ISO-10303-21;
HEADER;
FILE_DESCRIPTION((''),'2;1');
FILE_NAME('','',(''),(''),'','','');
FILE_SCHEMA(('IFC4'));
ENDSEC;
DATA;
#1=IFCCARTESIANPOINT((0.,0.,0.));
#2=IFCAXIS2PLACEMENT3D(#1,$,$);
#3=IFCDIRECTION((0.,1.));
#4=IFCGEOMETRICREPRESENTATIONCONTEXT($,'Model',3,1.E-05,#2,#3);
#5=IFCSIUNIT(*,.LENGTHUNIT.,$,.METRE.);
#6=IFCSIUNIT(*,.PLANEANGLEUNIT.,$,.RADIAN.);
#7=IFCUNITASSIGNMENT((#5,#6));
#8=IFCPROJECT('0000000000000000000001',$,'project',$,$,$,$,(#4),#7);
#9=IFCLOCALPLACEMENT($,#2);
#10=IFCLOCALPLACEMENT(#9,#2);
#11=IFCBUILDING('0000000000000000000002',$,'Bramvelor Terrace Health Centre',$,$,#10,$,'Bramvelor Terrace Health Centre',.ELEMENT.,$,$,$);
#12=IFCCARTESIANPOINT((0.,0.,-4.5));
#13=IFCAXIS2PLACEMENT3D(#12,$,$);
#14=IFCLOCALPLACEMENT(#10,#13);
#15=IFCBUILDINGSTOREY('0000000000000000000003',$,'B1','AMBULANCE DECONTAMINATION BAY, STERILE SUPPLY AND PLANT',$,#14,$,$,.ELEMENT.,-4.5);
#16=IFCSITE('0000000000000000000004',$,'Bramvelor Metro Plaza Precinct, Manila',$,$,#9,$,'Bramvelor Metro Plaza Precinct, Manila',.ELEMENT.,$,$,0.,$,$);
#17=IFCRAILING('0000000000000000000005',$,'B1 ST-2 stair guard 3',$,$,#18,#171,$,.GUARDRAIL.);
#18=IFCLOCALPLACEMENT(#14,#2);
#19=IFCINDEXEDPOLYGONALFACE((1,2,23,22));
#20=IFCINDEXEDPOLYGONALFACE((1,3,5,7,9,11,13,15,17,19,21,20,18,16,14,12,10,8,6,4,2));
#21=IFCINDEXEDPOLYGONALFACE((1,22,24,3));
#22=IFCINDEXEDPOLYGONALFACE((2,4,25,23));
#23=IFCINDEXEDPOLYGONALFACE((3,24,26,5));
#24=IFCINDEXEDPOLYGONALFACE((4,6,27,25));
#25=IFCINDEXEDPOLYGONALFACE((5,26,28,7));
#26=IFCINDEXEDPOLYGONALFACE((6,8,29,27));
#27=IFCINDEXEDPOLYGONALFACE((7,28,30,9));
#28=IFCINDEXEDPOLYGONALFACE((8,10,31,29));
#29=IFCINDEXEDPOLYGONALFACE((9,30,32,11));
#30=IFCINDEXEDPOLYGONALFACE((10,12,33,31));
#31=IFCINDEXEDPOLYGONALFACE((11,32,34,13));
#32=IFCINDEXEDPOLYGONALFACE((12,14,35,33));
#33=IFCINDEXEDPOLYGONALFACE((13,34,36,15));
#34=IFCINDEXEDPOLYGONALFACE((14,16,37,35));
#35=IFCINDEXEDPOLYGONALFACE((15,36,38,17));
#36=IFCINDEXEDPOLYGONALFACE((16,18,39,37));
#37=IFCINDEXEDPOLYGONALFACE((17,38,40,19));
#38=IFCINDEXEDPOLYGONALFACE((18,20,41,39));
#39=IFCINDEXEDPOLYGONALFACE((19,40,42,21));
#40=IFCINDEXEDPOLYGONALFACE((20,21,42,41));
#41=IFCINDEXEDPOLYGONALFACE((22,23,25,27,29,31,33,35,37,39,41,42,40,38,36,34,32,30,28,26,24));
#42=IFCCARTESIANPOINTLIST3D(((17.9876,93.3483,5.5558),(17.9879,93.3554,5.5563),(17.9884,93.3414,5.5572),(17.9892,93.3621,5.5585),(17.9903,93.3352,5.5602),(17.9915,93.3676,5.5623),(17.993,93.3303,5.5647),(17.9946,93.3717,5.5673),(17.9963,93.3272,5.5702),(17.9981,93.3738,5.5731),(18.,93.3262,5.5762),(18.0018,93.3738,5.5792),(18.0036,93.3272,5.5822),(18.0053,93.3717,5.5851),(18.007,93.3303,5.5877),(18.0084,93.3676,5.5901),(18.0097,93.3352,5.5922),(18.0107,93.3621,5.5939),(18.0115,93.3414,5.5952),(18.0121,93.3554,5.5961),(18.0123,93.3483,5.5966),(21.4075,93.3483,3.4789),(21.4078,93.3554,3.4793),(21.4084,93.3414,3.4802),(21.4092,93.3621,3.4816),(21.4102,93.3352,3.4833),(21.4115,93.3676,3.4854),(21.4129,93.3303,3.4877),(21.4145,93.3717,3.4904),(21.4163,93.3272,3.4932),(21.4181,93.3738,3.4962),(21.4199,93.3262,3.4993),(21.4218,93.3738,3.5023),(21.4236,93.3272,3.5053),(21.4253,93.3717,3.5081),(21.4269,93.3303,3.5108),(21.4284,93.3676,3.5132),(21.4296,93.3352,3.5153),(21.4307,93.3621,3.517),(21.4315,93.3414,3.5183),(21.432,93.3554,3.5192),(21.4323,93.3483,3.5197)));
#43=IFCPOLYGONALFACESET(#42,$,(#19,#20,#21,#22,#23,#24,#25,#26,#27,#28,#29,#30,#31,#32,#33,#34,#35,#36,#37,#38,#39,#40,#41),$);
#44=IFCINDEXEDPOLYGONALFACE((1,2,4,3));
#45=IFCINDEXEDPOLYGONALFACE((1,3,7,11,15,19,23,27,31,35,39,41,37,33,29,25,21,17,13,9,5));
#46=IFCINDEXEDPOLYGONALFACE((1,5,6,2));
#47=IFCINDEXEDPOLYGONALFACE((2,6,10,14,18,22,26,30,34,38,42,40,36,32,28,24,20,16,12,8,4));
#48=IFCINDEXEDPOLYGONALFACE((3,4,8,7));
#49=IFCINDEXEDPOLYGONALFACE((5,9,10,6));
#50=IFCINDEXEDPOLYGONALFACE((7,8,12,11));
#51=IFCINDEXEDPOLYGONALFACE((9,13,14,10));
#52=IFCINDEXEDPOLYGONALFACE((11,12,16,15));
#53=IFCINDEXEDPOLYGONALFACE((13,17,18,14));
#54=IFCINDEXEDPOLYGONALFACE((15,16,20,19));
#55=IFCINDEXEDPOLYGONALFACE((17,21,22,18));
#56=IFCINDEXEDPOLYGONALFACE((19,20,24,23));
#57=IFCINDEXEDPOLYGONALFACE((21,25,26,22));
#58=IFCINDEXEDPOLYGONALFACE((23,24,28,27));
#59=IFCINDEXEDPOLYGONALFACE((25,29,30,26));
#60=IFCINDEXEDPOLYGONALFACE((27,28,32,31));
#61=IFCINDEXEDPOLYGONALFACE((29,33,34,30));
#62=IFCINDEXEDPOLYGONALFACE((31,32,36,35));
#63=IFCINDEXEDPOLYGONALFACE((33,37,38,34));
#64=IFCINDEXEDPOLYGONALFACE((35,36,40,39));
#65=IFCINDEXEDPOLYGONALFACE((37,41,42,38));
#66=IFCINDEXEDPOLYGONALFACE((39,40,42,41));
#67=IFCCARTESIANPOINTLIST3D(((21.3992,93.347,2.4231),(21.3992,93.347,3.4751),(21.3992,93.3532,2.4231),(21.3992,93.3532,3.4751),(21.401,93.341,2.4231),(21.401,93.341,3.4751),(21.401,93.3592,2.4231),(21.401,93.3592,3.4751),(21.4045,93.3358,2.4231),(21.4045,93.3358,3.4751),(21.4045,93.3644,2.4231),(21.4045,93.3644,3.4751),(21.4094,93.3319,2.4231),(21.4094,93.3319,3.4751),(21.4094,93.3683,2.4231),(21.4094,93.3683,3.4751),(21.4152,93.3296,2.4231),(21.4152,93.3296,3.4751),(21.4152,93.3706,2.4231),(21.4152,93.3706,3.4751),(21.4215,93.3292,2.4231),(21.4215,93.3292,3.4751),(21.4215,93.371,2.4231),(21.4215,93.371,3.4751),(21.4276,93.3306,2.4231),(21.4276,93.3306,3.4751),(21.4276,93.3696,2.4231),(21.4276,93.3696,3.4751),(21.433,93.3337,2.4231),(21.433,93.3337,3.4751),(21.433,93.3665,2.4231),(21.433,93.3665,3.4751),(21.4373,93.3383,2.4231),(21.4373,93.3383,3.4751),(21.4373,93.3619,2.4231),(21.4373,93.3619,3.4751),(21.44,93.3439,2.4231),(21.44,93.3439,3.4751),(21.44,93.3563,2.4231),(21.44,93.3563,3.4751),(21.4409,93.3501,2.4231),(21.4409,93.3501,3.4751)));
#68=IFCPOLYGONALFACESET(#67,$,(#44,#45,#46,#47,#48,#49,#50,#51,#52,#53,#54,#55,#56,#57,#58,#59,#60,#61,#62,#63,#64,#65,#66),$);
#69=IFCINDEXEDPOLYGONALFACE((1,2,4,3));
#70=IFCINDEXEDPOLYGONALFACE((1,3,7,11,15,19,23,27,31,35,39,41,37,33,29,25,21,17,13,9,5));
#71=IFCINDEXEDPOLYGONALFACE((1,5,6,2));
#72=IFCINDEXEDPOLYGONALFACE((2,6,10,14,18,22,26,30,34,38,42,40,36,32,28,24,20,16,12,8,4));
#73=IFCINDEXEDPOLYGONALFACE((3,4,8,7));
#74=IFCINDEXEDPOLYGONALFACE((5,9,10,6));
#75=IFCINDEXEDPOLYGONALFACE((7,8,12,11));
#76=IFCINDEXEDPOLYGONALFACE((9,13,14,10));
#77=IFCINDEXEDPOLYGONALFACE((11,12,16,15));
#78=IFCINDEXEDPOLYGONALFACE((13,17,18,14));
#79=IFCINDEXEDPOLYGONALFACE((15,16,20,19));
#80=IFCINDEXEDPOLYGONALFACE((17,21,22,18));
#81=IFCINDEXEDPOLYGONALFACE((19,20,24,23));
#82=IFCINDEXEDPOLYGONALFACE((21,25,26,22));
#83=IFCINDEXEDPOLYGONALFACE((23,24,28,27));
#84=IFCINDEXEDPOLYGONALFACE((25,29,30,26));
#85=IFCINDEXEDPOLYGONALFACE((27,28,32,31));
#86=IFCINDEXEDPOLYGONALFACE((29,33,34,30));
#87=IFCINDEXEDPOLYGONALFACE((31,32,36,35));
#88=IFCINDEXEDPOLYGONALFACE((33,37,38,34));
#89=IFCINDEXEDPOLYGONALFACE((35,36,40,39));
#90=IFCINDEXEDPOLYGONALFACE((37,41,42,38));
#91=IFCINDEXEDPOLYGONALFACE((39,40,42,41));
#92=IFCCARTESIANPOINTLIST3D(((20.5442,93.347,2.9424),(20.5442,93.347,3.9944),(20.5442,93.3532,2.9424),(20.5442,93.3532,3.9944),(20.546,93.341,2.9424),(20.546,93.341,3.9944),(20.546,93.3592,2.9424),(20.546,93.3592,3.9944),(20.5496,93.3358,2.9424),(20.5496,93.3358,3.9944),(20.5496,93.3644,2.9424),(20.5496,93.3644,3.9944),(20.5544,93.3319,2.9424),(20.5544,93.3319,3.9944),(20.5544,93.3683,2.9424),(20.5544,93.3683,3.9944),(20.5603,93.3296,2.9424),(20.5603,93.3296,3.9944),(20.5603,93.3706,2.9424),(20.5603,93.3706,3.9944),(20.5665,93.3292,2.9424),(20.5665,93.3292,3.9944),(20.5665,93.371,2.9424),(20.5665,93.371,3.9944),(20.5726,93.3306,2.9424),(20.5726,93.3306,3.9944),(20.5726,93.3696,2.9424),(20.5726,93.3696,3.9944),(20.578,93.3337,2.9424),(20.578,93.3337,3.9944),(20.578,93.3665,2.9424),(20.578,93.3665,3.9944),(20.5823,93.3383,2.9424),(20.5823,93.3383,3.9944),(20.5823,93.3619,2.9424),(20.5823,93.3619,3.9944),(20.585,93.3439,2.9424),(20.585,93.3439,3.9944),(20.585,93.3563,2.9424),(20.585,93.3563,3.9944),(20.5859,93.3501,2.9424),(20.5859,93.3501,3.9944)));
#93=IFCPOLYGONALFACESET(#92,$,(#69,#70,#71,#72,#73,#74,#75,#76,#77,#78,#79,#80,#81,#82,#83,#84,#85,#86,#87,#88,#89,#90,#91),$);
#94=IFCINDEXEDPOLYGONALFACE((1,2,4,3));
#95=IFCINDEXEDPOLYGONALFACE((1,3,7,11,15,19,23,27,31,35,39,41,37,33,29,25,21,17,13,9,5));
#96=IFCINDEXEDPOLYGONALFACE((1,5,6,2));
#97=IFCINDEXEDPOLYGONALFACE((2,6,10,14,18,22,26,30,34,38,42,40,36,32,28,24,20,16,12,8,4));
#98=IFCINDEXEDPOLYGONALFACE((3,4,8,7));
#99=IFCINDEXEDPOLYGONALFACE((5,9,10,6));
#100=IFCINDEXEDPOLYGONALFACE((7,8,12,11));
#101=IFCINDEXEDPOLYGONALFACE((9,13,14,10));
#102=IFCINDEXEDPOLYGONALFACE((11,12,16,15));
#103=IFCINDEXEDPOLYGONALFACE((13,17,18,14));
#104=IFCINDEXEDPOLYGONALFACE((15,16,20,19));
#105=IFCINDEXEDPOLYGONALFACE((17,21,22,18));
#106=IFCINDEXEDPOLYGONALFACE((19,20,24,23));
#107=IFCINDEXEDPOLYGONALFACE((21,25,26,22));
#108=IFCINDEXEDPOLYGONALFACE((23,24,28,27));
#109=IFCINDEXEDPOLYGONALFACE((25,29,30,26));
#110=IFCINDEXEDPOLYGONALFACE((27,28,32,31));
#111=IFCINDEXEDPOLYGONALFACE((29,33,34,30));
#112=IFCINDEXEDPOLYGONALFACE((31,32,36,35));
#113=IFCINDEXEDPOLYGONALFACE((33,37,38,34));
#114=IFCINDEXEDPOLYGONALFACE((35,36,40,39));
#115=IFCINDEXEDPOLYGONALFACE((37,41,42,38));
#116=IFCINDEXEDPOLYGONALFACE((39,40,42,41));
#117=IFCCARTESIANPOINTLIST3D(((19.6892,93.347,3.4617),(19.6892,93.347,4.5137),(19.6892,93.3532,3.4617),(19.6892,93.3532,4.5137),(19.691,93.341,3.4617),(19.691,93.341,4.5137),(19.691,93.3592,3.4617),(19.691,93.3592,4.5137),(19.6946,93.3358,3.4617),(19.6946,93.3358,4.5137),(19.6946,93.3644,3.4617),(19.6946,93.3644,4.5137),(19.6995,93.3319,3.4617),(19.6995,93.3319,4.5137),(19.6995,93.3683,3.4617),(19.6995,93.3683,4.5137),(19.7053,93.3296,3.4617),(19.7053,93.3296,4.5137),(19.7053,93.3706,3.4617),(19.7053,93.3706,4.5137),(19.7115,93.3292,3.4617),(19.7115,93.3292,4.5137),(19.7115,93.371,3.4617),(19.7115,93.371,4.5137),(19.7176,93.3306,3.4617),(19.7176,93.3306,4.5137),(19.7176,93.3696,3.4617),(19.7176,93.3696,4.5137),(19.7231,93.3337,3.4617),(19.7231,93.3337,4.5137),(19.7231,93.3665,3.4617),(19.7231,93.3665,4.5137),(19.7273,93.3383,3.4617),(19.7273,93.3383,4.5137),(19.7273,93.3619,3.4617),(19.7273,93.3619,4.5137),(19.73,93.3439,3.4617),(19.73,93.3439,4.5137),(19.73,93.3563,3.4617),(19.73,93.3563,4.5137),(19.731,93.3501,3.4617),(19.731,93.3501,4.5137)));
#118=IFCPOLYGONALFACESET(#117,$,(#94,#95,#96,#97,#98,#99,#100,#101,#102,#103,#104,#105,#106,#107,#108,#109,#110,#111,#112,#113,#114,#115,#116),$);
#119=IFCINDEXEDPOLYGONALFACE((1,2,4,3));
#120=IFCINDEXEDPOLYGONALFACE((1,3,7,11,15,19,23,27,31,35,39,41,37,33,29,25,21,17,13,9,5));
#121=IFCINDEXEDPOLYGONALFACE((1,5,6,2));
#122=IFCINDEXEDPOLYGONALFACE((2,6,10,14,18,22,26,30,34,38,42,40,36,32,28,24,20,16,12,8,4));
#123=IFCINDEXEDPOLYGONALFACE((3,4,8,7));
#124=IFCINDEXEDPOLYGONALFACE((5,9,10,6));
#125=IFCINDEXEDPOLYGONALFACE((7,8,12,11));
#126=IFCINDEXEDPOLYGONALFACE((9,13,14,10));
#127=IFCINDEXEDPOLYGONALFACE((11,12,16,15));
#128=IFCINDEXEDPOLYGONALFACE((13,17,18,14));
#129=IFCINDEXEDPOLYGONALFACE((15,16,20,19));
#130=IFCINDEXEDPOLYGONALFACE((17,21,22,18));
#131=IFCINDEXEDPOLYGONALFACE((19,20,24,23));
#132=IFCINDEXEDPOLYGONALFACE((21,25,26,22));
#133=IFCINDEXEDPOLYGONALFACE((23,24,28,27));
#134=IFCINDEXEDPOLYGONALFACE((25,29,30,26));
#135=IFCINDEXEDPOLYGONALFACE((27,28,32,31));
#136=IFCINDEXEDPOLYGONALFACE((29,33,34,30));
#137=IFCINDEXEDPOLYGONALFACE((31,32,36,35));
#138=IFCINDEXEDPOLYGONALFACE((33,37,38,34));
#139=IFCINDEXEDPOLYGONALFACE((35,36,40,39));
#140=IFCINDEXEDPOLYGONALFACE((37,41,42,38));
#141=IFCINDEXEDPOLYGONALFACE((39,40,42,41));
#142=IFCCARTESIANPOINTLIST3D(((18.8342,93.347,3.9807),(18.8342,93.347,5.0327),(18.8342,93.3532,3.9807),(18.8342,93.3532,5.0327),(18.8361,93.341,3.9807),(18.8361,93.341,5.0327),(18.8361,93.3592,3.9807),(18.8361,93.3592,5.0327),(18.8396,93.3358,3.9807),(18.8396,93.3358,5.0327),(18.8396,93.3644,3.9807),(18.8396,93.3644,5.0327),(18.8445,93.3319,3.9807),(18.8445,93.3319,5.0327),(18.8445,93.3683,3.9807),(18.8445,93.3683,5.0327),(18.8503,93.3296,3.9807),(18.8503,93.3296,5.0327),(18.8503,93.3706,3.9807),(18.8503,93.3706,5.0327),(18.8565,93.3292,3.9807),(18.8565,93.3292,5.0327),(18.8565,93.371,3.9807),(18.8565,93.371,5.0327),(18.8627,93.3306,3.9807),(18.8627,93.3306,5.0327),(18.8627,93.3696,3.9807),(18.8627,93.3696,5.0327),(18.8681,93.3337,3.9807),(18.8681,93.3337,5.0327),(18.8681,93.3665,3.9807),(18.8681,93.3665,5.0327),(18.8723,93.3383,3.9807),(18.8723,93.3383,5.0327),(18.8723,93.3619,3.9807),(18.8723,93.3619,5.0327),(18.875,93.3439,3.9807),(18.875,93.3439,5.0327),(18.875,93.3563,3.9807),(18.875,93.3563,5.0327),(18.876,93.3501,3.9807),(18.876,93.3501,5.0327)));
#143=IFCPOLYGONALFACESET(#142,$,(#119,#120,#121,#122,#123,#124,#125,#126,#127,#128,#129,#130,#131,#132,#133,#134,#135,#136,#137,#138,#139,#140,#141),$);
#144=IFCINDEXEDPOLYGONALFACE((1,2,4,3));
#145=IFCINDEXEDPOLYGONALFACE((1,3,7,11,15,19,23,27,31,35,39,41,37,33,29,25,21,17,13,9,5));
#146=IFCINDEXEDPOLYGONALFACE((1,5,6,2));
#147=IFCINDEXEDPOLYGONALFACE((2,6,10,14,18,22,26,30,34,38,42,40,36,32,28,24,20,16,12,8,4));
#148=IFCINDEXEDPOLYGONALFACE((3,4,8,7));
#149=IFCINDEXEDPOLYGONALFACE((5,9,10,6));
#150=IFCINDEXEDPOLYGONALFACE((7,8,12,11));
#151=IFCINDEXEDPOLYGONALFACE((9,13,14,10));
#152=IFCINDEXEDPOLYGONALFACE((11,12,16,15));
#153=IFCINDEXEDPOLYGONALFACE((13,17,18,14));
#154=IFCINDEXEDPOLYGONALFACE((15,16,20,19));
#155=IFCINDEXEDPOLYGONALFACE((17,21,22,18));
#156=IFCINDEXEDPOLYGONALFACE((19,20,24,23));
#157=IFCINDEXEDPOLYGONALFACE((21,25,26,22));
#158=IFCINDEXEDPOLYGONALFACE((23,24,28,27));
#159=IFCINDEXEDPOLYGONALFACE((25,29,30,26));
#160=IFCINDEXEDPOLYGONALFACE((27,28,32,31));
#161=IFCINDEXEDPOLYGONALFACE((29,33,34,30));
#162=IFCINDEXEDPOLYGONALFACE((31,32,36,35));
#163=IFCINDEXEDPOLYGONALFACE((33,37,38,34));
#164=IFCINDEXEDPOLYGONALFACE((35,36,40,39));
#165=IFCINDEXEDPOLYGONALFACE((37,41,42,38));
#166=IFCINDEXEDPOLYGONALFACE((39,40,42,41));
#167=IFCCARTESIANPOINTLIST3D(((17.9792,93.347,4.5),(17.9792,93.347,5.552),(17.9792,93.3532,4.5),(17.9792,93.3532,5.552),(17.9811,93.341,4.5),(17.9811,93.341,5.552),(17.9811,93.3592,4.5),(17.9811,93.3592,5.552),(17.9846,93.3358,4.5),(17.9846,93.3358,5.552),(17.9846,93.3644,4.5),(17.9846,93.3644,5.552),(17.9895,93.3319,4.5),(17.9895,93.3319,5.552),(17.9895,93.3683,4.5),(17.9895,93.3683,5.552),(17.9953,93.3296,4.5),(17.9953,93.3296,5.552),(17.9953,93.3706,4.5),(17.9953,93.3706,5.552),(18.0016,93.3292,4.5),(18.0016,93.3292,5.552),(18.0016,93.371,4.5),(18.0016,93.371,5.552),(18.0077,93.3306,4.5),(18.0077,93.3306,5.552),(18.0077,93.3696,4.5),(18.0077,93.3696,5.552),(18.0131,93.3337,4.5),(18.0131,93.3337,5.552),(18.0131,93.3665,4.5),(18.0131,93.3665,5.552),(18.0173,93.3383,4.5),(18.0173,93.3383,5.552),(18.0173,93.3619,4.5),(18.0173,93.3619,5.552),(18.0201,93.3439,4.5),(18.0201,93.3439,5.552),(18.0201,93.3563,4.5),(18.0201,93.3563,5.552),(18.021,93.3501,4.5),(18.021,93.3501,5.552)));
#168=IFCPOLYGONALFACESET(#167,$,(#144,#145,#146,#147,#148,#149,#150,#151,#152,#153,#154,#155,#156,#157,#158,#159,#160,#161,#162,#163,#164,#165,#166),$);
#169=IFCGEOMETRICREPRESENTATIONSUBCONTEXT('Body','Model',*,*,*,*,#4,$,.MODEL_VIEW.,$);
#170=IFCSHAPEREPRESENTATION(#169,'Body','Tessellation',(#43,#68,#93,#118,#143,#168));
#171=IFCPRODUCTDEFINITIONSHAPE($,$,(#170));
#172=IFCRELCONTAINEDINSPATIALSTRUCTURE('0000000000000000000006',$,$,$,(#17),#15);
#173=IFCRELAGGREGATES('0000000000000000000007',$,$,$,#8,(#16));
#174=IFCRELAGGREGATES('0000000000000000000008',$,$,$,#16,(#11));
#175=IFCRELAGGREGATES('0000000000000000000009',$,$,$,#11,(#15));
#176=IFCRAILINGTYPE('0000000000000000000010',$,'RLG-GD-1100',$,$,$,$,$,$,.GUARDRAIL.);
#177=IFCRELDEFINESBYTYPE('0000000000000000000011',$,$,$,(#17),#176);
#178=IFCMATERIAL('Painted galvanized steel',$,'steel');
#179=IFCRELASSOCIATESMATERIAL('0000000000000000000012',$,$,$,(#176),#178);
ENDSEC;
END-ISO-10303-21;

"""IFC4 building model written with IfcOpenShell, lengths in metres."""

from ifc_helpers import new_model, si_unit, direction, frame, origin, origin_2d, place, context, subcontext, project, spatial, circle, extrude, material, type_object, element, save


model = new_model("IFC4")

# Units and contexts
model_context = context("Model", 3, precision=1e-05, world=origin(), true_north=direction((0.0, 1.0)))
body_context = subcontext(model_context, "Body", "Model", "MODEL_VIEW")
ifc_project = project(units=[si_unit("LENGTHUNIT", "METRE"), si_unit("PLANEANGLEUNIT", "RADIAN")], contexts=[model_context])

# Site, building, storey
site_placement = place(None, origin())
site = spatial("IfcSite", under=ifc_project, at=site_placement, Name="Bramvelor Metro Plaza Precinct, Manila", LongName="Bramvelor Metro Plaza Precinct, Manila", CompositionType="ELEMENT", RefElevation=0.0)
building_placement = place(site_placement, origin())
building = spatial("IfcBuilding", under=site, at=building_placement, Name="Bramvelor Terrace Health Centre", LongName="Bramvelor Terrace Health Centre", CompositionType="ELEMENT")
storey_placement = place(building_placement, frame((0.0, 0.0, -4.5)))
storey = spatial("IfcBuildingStorey", under=building, at=storey_placement, Name="B1", Description="AMBULANCE DECONTAMINATION BAY, STERILE SUPPLY AND PLANT", CompositionType="ELEMENT", Elevation=-4.5)

# Railing
ifc_material_1 = material(Name="Painted galvanized steel", Category="steel")
railing_type_1 = type_object("IfcRailingType", Name="RLG-GD-1100", PredefinedType="GUARDRAIL", material=ifc_material_1)
railing_1_placement = place(storey_placement, frame((21.4199, 93.3501, 2.4231)))
element("IfcRailing", 1, at=railing_1_placement, inside=storey, type_object=railing_type_1, Name="B1 ST-2 stair guard 3", PredefinedType="GUARDRAIL", context=body_context, shape_type="SweptSolid", body=[
    extrude(circle(Radius=0.0239, at=origin_2d()), frame((0.0, 0.0, 1.0762), z_axis=(-0.85473, 0.0, 0.519074), x_axis=(0.0, -1.0, 0.0)), (0.0, 0.0, 1.0), 4.0012),
    extrude(circle(Radius=0.021, at=origin_2d()), origin(), (0.0, 0.0, 1.0), 1.052),
    extrude(circle(Radius=0.021, at=origin_2d()), frame((-0.855, 0.0, 0.5193)), (0.0, 0.0, 1.0), 1.052),
    extrude(circle(Radius=0.021, at=origin_2d()), frame((-1.71, 0.0, 1.0386)), (0.0, 0.0, 1.0), 1.052),
    extrude(circle(Radius=0.021, at=origin_2d()), frame((-2.5649, 0.0, 1.5576)), (0.0, 0.0, 1.0), 1.052),
    extrude(circle(Radius=0.021, at=origin_2d()), frame((-3.4199, 0.0, 2.0769)), (0.0, 0.0, 1.0), 1.052),
])

save(model, "model.ifc")
